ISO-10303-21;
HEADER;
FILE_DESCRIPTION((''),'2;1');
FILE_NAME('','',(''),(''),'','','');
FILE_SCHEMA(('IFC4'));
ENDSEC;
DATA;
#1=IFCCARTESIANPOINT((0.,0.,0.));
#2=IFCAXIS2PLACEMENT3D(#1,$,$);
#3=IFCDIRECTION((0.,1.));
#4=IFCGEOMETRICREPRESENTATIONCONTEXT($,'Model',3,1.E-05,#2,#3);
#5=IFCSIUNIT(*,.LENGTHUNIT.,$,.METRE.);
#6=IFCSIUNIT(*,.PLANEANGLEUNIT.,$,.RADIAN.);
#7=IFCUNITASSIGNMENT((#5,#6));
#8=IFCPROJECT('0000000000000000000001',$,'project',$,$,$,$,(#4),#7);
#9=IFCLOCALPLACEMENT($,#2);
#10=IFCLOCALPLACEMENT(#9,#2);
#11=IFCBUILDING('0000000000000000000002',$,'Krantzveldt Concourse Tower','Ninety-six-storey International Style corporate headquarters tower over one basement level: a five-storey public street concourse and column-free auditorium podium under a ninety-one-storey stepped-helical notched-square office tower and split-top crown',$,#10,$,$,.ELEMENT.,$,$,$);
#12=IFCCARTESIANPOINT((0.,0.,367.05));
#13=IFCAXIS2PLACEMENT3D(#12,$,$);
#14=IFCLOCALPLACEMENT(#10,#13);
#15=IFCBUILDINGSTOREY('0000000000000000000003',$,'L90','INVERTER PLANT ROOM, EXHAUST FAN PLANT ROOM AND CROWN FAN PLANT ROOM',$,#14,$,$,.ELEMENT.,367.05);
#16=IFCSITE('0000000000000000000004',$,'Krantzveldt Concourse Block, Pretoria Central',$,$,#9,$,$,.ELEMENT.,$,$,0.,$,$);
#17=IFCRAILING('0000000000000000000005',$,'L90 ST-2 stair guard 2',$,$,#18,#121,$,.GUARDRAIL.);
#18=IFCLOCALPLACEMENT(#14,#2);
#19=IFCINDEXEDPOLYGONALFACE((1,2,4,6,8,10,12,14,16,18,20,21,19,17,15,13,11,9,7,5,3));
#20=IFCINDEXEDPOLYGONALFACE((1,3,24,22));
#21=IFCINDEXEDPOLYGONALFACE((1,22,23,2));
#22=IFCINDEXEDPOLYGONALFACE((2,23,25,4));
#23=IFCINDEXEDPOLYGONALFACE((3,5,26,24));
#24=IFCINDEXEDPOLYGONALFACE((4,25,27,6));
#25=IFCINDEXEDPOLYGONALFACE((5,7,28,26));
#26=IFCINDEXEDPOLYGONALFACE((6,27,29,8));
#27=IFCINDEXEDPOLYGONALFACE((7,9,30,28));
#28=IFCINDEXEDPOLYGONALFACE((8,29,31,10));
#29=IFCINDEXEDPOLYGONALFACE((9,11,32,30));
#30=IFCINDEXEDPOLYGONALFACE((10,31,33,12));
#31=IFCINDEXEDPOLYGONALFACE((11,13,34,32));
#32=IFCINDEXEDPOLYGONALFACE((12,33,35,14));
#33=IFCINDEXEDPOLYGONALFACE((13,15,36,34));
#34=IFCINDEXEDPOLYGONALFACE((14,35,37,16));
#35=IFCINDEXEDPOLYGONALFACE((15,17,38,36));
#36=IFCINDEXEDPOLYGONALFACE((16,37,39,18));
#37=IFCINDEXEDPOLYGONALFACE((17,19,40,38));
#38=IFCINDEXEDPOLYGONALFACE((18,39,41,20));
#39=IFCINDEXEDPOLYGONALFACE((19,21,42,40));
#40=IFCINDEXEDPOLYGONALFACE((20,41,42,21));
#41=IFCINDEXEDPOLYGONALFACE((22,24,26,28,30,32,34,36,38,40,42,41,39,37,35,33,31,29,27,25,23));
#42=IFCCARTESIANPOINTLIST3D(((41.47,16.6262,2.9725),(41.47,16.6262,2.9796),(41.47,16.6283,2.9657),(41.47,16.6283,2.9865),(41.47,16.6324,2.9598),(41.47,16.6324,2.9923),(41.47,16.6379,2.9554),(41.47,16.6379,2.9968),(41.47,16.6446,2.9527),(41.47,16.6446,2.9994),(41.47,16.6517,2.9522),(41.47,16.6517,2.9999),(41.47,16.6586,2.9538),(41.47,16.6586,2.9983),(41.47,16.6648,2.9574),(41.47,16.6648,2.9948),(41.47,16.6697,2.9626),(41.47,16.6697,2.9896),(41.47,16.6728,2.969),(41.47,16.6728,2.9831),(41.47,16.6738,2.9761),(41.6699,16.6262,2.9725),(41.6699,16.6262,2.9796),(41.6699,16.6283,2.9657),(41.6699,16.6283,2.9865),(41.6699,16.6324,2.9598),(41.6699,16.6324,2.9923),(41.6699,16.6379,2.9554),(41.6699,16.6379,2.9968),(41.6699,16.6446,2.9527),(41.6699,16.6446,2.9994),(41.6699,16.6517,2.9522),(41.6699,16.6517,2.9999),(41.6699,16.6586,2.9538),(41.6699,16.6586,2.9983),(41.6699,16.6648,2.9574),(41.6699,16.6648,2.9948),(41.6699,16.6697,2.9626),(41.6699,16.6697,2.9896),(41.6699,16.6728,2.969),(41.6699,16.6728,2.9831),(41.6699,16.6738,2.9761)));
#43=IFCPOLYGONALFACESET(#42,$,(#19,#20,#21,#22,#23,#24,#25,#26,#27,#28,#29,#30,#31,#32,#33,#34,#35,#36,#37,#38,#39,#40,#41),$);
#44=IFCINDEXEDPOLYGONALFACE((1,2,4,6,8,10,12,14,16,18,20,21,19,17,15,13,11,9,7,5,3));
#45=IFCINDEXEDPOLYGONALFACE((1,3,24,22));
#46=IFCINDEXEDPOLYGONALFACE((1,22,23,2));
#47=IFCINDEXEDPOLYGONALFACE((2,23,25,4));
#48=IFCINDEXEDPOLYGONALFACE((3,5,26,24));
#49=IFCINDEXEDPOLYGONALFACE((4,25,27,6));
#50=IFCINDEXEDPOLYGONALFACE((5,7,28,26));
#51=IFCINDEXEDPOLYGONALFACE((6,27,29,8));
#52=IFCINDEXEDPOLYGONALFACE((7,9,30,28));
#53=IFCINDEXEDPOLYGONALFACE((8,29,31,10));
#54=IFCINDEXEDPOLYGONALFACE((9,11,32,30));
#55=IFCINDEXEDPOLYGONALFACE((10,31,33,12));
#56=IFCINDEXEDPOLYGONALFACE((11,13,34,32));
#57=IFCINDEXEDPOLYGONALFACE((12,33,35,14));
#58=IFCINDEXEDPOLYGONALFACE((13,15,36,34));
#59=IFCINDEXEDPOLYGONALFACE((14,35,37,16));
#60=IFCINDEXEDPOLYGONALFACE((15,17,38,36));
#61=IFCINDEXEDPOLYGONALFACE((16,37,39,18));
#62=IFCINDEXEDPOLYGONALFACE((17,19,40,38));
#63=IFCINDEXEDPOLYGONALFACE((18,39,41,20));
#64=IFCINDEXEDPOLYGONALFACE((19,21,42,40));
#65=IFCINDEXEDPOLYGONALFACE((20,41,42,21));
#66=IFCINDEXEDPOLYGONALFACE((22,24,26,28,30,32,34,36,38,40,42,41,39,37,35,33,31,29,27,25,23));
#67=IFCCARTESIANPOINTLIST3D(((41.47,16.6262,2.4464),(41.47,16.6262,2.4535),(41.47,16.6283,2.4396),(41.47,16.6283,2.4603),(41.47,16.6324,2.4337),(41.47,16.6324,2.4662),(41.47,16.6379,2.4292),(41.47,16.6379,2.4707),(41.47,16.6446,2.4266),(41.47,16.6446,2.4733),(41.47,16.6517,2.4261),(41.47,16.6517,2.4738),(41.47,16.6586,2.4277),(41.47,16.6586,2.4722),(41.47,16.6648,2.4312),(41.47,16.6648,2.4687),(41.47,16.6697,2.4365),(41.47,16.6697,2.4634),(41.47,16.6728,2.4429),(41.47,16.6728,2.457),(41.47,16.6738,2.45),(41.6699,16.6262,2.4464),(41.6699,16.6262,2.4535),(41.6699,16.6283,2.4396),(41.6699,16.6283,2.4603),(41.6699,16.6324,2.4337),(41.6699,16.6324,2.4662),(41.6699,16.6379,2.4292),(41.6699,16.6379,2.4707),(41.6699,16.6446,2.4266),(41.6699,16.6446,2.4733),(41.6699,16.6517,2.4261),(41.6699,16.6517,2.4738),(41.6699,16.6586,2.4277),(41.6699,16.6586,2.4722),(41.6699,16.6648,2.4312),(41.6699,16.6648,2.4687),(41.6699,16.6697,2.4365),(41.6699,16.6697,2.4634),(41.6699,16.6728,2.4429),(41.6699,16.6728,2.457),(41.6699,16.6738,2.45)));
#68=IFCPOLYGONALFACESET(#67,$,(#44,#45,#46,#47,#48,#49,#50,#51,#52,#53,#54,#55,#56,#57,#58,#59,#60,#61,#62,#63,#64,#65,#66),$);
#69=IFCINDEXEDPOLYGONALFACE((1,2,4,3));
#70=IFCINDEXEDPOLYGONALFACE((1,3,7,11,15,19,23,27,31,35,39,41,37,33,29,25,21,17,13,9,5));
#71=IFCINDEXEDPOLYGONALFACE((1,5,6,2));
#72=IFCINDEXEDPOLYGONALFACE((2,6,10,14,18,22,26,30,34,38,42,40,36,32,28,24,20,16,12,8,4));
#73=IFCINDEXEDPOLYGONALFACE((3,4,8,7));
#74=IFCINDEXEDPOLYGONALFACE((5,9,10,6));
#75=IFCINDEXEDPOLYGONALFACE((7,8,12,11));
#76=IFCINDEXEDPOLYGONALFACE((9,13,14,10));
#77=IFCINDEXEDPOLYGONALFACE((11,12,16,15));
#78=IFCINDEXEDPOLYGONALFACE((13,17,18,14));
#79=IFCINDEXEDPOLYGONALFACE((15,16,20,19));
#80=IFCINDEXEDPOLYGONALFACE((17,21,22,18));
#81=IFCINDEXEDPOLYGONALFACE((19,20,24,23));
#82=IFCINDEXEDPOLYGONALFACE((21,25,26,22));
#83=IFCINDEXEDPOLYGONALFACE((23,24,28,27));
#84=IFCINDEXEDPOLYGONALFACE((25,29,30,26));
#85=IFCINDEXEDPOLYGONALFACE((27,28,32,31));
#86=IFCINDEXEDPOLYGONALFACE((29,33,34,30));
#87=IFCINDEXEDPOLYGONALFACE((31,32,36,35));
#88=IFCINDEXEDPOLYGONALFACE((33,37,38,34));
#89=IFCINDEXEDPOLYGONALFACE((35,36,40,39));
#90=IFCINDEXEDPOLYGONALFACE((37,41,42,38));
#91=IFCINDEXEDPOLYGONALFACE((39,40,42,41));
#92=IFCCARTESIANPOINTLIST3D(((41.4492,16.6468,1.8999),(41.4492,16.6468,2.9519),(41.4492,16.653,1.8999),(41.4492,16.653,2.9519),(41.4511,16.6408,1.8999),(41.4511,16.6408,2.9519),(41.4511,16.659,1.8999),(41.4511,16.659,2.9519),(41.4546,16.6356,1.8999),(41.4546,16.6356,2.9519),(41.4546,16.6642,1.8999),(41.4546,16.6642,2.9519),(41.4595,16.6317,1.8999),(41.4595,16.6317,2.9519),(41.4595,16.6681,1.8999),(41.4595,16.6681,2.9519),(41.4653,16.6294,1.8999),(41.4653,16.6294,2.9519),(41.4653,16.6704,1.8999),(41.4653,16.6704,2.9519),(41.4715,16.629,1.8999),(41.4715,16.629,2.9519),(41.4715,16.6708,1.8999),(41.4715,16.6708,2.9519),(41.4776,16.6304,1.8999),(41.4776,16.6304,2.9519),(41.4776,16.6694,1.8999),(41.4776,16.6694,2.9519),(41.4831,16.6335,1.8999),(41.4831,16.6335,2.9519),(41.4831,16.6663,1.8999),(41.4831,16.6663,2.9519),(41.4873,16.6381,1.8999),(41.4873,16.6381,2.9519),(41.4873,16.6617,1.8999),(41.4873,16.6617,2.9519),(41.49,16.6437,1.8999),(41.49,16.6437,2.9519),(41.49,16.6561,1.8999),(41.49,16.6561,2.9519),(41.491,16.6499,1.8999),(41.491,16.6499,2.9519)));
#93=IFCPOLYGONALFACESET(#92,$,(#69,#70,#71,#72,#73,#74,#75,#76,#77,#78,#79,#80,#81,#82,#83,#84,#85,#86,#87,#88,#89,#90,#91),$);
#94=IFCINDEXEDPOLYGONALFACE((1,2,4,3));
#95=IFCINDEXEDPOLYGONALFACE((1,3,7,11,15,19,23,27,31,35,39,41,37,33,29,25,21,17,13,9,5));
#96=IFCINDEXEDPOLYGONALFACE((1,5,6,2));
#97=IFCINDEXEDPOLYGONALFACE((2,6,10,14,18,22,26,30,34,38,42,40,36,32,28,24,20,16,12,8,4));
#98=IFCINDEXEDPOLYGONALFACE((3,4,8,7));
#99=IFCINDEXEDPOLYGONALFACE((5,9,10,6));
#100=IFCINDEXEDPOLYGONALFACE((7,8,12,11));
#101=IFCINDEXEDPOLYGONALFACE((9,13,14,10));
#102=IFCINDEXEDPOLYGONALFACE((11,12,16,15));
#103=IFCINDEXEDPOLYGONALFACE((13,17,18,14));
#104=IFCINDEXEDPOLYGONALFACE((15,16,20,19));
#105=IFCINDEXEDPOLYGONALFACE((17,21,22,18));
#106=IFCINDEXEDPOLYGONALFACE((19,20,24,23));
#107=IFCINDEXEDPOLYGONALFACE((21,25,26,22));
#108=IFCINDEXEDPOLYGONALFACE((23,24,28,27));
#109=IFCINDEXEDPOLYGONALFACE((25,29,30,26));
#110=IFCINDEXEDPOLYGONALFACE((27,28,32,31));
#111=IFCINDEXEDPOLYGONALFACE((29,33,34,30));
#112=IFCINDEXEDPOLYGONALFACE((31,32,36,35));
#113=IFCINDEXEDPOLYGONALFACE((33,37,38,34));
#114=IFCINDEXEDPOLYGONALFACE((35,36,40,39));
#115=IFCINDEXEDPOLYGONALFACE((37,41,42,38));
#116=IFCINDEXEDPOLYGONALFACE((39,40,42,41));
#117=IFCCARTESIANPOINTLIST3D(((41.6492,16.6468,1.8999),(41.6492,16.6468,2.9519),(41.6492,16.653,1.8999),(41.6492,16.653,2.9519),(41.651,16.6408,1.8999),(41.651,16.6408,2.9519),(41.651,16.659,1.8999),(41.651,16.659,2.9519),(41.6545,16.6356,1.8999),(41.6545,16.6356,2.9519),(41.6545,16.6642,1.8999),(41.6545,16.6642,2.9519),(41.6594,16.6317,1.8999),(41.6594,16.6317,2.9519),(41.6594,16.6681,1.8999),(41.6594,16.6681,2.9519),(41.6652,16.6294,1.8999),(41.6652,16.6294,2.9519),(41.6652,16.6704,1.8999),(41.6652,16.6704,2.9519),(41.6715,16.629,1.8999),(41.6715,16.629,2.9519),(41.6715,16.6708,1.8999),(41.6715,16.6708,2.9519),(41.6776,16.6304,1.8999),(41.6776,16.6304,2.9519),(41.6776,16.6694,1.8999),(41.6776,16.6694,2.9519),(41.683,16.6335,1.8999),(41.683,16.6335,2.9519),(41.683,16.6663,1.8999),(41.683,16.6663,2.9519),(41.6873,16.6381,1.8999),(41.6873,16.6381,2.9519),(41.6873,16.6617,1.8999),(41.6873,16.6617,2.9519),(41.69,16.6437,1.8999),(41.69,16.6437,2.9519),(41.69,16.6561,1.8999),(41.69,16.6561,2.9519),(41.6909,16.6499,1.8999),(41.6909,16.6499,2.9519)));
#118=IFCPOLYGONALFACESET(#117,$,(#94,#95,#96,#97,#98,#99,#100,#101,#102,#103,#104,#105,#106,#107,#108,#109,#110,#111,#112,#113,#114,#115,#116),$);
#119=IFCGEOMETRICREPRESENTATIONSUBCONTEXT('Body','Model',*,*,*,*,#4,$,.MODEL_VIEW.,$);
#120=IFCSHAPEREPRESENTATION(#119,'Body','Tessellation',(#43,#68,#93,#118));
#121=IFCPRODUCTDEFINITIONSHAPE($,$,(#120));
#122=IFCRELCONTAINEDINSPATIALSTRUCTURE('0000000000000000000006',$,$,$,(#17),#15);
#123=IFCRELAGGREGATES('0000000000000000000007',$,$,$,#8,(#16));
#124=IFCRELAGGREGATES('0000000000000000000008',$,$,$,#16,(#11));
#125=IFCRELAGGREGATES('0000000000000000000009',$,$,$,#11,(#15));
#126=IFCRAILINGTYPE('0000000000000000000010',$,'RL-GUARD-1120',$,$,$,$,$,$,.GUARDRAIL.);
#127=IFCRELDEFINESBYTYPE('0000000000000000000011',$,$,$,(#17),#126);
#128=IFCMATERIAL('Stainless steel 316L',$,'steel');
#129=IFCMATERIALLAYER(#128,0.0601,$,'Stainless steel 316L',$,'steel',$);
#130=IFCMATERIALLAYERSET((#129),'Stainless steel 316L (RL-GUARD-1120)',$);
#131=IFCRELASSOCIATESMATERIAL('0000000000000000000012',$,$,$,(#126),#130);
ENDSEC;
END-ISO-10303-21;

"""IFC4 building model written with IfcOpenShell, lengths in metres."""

from ifc_helpers import new_model, si_unit, direction, frame, origin, origin_2d, place, context, subcontext, project, spatial, circle, extrude, material, layer, layer_set, type_object, element, save


model = new_model("IFC4")

# Units and contexts
model_context = context("Model", 3, precision=1e-05, world=origin(), true_north=direction((0.0, 1.0)))
body_context = subcontext(model_context, "Body", "Model", "MODEL_VIEW")
ifc_project = project(units=[si_unit("LENGTHUNIT", "METRE"), si_unit("PLANEANGLEUNIT", "RADIAN")], contexts=[model_context])

# Site, building, storey
site_placement = place(None, origin())
site = spatial("IfcSite", under=ifc_project, at=site_placement, Name="Krantzveldt Concourse Block, Pretoria Central", CompositionType="ELEMENT", RefElevation=0.0)
building_placement = place(site_placement, origin())
building = spatial("IfcBuilding", under=site, at=building_placement, Name="Krantzveldt Concourse Tower", Description="Ninety-six-storey International Style corporate headquarters tower over one basement level: a five-storey public street concourse and column-free auditorium podium under a ninety-one-storey stepped-helical notched-square office tower and split-top crown", CompositionType="ELEMENT")
storey_placement = place(building_placement, frame((0.0, 0.0, 367.05)))
storey = spatial("IfcBuildingStorey", under=building, at=storey_placement, Name="L90", Description="INVERTER PLANT ROOM, EXHAUST FAN PLANT ROOM AND CROWN FAN PLANT ROOM", CompositionType="ELEMENT", Elevation=367.05)

# Shared definitions
ifc_material_1 = material(Name="Stainless steel 316L", Category="steel")

# Railing
ifc_layer_1 = layer(ifc_material_1, 0.0601, Name="Stainless steel 316L", Category="steel")
ifc_layer_set_1 = layer_set([ifc_layer_1], Name="Stainless steel 316L (RL-GUARD-1120)")
railing_type_1 = type_object("IfcRailingType", Name="RL-GUARD-1120", PredefinedType="GUARDRAIL", material=ifc_layer_set_1)
railing_1_placement = place(storey_placement, frame((41.47, 16.6499, 1.8999)))
element("IfcRailing", 1, at=railing_1_placement, inside=storey, type_object=railing_type_1, Name="L90 ST-2 stair guard 2", PredefinedType="GUARDRAIL", context=body_context, shape_type="SweptSolid", body=[
    extrude(circle(Radius=0.0239, at=origin_2d()), frame((0.0, 0.0, 1.0762), z_axis=(1.0, 0.0, 0.0), x_axis=(0.0, 1.0, 0.0)), (0.0, 0.0, 1.0), 0.2),
    extrude(circle(Radius=0.0239, at=origin_2d()), frame((0.0, 0.0, 0.55), z_axis=(1.0, 0.0, 0.0), x_axis=(0.0, 1.0, 0.0)), (0.0, 0.0, 1.0), 0.2),
    extrude(circle(Radius=0.021, at=origin_2d()), origin(), (0.0, 0.0, 1.0), 1.052),
    extrude(circle(Radius=0.021, at=origin_2d()), frame((0.2, 0.0, 0.0)), (0.0, 0.0, 1.0), 1.052),
])

save(model, "model.ifc")
